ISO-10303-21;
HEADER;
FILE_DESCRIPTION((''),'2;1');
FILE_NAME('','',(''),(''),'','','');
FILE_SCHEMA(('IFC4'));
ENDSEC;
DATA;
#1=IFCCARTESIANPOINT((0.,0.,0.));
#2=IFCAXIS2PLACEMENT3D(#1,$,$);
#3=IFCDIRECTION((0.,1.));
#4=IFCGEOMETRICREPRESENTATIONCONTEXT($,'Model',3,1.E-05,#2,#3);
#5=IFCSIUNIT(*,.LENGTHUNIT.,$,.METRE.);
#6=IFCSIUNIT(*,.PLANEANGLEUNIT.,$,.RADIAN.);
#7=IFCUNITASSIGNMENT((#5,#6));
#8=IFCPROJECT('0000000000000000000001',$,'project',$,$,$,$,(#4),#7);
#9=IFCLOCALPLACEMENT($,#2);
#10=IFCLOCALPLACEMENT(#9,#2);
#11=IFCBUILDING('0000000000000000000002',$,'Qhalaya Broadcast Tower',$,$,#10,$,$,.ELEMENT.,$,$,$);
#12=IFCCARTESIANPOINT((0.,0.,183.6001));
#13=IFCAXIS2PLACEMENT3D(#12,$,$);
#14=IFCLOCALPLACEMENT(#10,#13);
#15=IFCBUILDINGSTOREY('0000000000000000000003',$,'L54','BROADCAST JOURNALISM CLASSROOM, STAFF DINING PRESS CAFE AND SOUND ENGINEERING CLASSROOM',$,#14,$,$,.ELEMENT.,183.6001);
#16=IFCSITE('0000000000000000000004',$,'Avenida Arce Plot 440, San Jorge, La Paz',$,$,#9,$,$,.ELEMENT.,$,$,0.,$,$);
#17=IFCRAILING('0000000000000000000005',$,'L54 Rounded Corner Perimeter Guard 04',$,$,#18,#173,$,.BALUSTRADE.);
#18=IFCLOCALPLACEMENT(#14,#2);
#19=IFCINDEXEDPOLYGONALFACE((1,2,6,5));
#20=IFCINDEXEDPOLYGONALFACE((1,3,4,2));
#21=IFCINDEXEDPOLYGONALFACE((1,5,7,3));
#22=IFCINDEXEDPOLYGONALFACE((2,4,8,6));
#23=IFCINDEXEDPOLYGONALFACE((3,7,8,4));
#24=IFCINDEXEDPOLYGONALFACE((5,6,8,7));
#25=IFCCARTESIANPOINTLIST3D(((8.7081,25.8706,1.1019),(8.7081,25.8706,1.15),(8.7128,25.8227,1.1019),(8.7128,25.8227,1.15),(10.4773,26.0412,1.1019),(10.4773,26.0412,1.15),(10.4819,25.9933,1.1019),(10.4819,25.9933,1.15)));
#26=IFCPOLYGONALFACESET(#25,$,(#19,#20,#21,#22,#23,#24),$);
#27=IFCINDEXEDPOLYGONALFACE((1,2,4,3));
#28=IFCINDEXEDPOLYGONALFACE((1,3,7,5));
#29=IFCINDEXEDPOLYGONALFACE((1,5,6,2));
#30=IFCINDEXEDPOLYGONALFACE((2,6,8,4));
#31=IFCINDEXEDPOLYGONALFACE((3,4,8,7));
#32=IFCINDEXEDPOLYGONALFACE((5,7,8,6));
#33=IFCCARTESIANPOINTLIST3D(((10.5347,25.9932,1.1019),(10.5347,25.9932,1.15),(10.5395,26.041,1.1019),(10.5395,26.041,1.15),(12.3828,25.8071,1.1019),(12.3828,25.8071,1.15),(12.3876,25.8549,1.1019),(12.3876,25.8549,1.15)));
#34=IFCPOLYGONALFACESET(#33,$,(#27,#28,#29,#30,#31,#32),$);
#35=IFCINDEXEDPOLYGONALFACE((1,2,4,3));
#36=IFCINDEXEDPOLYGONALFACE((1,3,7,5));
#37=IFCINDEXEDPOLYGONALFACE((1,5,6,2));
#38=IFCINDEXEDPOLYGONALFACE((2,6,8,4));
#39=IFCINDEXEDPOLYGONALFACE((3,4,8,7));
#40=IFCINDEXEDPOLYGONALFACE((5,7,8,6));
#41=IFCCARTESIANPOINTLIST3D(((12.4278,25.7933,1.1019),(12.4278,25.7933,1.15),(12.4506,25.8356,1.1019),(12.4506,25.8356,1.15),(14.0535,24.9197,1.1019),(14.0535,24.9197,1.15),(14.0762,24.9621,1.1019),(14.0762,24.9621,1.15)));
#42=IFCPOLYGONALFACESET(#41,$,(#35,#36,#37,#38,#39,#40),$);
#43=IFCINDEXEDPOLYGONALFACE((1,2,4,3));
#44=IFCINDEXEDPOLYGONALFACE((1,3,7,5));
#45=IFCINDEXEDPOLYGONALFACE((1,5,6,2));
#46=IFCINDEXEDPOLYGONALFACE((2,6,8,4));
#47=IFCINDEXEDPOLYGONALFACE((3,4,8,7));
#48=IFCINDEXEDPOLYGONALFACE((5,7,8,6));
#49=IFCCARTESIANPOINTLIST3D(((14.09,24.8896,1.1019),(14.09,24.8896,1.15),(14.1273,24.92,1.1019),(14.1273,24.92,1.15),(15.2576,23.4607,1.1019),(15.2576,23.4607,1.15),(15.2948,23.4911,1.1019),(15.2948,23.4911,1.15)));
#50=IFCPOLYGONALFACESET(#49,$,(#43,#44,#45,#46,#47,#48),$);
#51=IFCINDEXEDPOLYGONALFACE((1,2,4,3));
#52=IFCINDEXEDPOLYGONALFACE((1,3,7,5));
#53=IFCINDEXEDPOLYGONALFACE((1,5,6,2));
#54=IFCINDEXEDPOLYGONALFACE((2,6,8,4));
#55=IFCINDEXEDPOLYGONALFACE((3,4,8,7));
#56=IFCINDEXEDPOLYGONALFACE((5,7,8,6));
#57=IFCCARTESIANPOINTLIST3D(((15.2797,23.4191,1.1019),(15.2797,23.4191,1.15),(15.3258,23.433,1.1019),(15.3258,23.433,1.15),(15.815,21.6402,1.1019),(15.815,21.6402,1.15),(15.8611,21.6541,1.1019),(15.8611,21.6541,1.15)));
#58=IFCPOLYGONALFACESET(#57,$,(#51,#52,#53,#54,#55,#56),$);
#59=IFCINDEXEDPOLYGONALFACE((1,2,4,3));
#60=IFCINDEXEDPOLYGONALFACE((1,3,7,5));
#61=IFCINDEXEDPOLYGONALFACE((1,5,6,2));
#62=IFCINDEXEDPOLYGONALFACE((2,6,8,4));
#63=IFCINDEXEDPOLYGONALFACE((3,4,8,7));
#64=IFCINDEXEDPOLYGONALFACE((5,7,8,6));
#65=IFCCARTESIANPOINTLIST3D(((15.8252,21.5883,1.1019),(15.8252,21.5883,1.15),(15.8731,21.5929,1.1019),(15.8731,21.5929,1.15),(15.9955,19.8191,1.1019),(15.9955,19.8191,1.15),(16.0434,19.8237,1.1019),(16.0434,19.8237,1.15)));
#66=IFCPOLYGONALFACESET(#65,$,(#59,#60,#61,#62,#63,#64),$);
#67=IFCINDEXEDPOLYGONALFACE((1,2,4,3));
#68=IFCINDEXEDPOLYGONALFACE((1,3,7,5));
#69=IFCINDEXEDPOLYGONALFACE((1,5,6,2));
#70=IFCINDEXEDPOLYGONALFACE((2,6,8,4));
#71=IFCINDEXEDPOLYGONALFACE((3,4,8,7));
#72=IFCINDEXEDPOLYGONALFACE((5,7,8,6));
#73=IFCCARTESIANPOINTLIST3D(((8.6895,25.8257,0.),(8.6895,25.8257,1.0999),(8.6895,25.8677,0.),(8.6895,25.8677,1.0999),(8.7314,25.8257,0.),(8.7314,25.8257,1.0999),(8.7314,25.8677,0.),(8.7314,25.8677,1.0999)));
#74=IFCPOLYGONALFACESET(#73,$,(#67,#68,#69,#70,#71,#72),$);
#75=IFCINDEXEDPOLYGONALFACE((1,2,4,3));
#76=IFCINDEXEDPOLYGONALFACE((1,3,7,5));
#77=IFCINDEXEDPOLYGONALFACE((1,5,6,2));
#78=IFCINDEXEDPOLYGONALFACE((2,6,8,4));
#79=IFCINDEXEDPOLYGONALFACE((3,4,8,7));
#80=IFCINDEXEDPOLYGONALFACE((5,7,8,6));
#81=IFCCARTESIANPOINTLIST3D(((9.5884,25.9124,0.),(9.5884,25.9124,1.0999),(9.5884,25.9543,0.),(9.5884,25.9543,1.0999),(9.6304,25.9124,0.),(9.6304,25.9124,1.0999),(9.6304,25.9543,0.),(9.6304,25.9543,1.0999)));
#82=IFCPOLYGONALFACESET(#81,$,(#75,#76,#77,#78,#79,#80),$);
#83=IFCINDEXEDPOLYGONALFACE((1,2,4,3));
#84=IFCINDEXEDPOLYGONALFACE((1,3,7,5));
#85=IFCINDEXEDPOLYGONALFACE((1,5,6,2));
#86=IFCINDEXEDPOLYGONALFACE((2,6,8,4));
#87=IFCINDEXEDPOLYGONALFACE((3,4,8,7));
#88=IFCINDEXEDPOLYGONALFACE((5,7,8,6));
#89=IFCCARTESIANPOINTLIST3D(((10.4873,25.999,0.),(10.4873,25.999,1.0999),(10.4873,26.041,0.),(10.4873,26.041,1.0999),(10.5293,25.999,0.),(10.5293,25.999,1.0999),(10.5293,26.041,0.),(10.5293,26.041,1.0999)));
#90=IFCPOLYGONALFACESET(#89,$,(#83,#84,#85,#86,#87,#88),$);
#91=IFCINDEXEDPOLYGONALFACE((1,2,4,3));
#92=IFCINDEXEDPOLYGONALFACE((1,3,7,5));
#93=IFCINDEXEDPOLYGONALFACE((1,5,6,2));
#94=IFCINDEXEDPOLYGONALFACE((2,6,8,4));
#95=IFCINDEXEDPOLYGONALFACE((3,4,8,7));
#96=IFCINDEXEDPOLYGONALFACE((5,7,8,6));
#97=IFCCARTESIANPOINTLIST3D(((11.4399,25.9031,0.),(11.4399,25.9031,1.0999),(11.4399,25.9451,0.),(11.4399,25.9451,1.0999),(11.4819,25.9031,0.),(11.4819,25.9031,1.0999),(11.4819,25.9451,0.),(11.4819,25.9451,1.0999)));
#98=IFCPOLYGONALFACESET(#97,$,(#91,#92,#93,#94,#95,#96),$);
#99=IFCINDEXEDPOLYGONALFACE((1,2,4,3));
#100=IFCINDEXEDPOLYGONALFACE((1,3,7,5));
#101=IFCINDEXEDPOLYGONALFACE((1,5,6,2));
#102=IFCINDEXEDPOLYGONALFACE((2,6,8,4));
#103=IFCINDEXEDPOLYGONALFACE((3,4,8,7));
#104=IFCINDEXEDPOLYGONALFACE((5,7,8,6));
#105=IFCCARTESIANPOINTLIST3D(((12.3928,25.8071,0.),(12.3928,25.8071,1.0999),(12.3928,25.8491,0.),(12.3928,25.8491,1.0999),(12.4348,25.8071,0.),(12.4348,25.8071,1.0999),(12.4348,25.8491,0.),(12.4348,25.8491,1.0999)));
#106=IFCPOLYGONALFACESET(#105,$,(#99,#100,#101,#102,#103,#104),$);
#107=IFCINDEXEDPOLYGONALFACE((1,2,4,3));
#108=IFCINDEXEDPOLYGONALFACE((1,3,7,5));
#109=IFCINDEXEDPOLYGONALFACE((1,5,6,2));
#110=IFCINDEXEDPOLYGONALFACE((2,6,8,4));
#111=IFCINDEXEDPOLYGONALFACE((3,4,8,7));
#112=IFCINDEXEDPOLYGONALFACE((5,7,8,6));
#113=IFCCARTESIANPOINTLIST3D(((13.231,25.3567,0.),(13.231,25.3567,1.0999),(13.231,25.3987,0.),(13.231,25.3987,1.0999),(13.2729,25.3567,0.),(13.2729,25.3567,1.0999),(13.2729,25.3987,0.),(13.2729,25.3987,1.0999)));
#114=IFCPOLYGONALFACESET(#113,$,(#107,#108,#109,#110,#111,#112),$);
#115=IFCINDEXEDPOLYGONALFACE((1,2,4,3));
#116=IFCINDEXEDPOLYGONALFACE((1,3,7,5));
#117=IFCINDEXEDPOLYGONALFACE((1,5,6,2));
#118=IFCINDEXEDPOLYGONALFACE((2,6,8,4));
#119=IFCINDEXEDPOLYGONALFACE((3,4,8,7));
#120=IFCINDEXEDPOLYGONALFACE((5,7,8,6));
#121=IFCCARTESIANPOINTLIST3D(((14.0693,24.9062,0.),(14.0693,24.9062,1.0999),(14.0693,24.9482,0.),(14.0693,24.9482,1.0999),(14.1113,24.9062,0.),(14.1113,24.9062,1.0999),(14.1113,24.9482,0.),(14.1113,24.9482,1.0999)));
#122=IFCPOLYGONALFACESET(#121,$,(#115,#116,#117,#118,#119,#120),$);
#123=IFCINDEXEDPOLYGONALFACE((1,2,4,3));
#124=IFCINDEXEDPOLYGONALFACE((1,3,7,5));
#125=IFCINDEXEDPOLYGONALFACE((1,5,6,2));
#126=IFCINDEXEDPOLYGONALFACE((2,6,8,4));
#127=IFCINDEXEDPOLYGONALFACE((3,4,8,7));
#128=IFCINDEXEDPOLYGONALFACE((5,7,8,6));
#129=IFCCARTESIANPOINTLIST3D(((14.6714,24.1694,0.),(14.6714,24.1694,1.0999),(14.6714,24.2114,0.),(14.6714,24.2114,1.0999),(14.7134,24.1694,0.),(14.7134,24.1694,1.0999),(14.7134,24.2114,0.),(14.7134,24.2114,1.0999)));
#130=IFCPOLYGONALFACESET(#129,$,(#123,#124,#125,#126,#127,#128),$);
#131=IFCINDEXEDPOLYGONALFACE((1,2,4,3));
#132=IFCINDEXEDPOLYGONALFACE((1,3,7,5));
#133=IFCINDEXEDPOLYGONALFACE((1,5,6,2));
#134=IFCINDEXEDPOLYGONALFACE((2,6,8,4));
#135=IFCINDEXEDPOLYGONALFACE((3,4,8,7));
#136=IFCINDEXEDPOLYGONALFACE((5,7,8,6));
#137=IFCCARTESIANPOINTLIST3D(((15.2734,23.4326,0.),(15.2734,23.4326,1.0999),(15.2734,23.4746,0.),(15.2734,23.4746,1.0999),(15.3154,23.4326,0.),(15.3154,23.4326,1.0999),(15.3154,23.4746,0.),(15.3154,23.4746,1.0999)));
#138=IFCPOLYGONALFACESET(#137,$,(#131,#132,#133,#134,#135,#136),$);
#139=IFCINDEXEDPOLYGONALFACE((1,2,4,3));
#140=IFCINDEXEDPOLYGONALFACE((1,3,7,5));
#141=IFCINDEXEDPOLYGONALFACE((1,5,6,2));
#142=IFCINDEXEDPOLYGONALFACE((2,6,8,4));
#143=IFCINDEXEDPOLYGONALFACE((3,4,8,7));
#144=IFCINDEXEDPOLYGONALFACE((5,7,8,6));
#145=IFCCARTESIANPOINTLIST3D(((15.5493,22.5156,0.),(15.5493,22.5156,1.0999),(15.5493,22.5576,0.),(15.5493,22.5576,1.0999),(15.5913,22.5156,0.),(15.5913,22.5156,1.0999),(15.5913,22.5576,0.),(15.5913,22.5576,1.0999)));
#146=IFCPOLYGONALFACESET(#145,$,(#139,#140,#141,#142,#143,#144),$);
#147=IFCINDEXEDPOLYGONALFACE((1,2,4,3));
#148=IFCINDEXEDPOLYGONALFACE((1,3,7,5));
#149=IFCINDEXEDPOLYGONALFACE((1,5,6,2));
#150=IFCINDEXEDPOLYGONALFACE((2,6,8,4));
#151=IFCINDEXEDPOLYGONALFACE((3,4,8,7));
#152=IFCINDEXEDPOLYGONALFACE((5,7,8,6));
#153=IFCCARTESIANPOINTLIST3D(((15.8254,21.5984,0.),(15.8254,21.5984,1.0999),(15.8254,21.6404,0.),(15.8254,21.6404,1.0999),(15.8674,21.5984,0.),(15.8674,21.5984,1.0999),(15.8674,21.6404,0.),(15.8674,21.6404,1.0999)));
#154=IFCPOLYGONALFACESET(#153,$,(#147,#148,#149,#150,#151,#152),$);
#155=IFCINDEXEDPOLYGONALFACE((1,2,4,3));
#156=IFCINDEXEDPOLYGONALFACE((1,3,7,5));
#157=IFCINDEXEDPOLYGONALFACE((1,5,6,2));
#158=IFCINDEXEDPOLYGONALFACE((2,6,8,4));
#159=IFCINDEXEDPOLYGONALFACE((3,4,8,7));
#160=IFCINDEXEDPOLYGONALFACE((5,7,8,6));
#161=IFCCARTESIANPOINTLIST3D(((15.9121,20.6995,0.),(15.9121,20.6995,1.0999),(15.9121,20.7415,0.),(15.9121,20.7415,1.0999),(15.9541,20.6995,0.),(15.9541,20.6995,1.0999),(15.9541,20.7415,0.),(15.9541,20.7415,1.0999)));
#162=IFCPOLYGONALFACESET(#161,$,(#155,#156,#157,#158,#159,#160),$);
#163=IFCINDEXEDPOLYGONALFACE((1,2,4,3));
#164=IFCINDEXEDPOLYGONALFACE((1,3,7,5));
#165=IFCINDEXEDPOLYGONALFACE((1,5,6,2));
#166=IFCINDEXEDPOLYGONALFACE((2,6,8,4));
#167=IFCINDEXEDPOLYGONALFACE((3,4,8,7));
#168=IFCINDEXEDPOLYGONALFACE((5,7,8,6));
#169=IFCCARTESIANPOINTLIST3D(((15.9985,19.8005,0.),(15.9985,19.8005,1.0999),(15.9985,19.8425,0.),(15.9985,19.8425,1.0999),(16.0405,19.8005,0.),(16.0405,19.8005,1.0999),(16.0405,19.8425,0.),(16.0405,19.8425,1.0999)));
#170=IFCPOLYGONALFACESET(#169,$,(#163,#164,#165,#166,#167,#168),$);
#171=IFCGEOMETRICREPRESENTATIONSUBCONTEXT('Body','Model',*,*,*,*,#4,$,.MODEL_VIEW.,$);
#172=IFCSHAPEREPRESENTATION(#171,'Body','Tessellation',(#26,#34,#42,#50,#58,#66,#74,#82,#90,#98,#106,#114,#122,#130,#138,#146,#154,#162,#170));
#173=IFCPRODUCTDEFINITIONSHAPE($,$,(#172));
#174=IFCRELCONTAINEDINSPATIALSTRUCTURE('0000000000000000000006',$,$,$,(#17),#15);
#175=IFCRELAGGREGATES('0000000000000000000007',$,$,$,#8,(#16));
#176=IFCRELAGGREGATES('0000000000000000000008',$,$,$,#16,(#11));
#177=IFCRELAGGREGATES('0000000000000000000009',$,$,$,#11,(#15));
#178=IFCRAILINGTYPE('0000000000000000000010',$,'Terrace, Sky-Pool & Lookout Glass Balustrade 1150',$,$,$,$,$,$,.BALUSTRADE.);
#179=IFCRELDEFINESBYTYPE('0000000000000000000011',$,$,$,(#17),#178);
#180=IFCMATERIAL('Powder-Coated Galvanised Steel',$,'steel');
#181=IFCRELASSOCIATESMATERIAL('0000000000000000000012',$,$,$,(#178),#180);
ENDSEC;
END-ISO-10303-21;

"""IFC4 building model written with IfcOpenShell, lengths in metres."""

from ifc_helpers import new_model, si_unit, direction, frame, origin, origin_2d, place, context, subcontext, project, spatial, rectangle, extrude, material, type_object, element, save


model = new_model("IFC4")

# Units and contexts
model_context = context("Model", 3, precision=1e-05, world=origin(), true_north=direction((0.0, 1.0)))
body_context = subcontext(model_context, "Body", "Model", "MODEL_VIEW")
ifc_project = project(units=[si_unit("LENGTHUNIT", "METRE"), si_unit("PLANEANGLEUNIT", "RADIAN")], contexts=[model_context])

# Site, building, storey
site_placement = place(None, origin())
site = spatial("IfcSite", under=ifc_project, at=site_placement, Name="Avenida Arce Plot 440, San Jorge, La Paz", CompositionType="ELEMENT", RefElevation=0.0)
building_placement = place(site_placement, origin())
building = spatial("IfcBuilding", under=site, at=building_placement, Name="Qhalaya Broadcast Tower", CompositionType="ELEMENT")
storey_placement = place(building_placement, frame((0.0, 0.0, 183.6001)))
storey = spatial("IfcBuildingStorey", under=building, at=storey_placement, Name="L54", Description="BROADCAST JOURNALISM CLASSROOM, STAFF DINING PRESS CAFE AND SOUND ENGINEERING CLASSROOM", CompositionType="ELEMENT", Elevation=183.6001)

# Railing
ifc_material_1 = material(Name="Powder-Coated Galvanised Steel", Category="steel")
railing_type = type_object("IfcRailingType", Name="Terrace, Sky-Pool & Lookout Glass Balustrade 1150", PredefinedType="BALUSTRADE", material=ifc_material_1)
railing_placement = place(storey_placement, frame((8.7104, 25.8467, 0.0)))
element("IfcRailing", 1, at=railing_placement, inside=storey, type_object=railing_type, Name="L54 Rounded Corner Perimeter Guard 04", PredefinedType="BALUSTRADE", context=body_context, shape_type="SweptSolid", body=[
    extrude(rectangle(XDim=0.0481, YDim=0.0481, at=origin_2d()), frame((0.0, 0.0, 1.126), z_axis=(0.995384, 0.09597, 0.0), x_axis=(-0.09597, 0.995384, 0.0)), (0.0, 0.0, 1.0), 1.7773),
    extrude(rectangle(XDim=0.0481, YDim=0.0481, at=origin_2d()), frame((1.8267, 0.1704, 1.126), z_axis=(0.994968, -0.100198, 0.0), x_axis=(0.100198, 0.994968, 0.0)), (0.0, 0.0, 1.0), 1.8574),
    extrude(rectangle(XDim=0.0481, YDim=0.0481, at=origin_2d()), frame((3.7288, -0.0322, 1.126), z_axis=(0.880879, -0.473342, 0.0), x_axis=(0.473342, 0.880879, 0.0)), (0.0, 0.0, 1.0), 1.8455),
    extrude(rectangle(XDim=0.0481, YDim=0.0481, at=origin_2d()), frame((5.3982, -0.9419, 1.126), z_axis=(0.632735, -0.774369, 0.0), x_axis=(0.774369, 0.632735, 0.0)), (0.0, 0.0, 1.0), 1.8452),
    extrude(rectangle(XDim=0.0481, YDim=0.0481, at=origin_2d()), frame((6.5923, -2.4207, 1.126), z_axis=(0.288178, -0.957577, 0.0), x_axis=(0.957577, 0.288178, 0.0)), (0.0, 0.0, 1.0), 1.8577),
    extrude(rectangle(XDim=0.0481, YDim=0.0481, at=origin_2d()), frame((7.1387, -4.2561, 1.126), z_axis=(0.095836, -0.995397, 0.0), x_axis=(0.995397, 0.095836, 0.0)), (0.0, 0.0, 1.0), 1.7773),
    extrude(rectangle(XDim=0.042, YDim=0.042, at=origin_2d()), origin(), (0.0, 0.0, 1.0), 1.0999),
    extrude(rectangle(XDim=0.042, YDim=0.042, at=origin_2d()), frame((0.8989, 0.0867, 0.0)), (0.0, 0.0, 1.0), 1.0999),
    extrude(rectangle(XDim=0.042, YDim=0.042, at=origin_2d()), frame((1.7979, 0.1733, 0.0)), (0.0, 0.0, 1.0), 1.0999),
    extrude(rectangle(XDim=0.042, YDim=0.042, at=origin_2d()), frame((2.7505, 0.0774, 0.0)), (0.0, 0.0, 1.0), 1.0999),
    extrude(rectangle(XDim=0.042, YDim=0.042, at=origin_2d()), frame((3.7034, -0.0186, 0.0)), (0.0, 0.0, 1.0), 1.0999),
    extrude(rectangle(XDim=0.042, YDim=0.042, at=origin_2d()), frame((4.5415, -0.469, 0.0)), (0.0, 0.0, 1.0), 1.0999),
    extrude(rectangle(XDim=0.042, YDim=0.042, at=origin_2d()), frame((5.3799, -0.9194, 0.0)), (0.0, 0.0, 1.0), 1.0999),
    extrude(rectangle(XDim=0.042, YDim=0.042, at=origin_2d()), frame((5.9819, -1.6562, 0.0)), (0.0, 0.0, 1.0), 1.0999),
    extrude(rectangle(XDim=0.042, YDim=0.042, at=origin_2d()), frame((6.584, -2.3931, 0.0)), (0.0, 0.0, 1.0), 1.0999),
    extrude(rectangle(XDim=0.042, YDim=0.042, at=origin_2d()), frame((6.8599, -3.3101, 0.0)), (0.0, 0.0, 1.0), 1.0999),
    extrude(rectangle(XDim=0.042, YDim=0.042, at=origin_2d()), frame((7.136, -4.2273, 0.0)), (0.0, 0.0, 1.0), 1.0999),
    extrude(rectangle(XDim=0.042, YDim=0.042, at=origin_2d()), frame((7.2227, -5.1262, 0.0)), (0.0, 0.0, 1.0), 1.0999),
    extrude(rectangle(XDim=0.042, YDim=0.042, at=origin_2d()), frame((7.3091, -6.0251, 0.0)), (0.0, 0.0, 1.0), 1.0999),
])

save(model, "model.ifc")
